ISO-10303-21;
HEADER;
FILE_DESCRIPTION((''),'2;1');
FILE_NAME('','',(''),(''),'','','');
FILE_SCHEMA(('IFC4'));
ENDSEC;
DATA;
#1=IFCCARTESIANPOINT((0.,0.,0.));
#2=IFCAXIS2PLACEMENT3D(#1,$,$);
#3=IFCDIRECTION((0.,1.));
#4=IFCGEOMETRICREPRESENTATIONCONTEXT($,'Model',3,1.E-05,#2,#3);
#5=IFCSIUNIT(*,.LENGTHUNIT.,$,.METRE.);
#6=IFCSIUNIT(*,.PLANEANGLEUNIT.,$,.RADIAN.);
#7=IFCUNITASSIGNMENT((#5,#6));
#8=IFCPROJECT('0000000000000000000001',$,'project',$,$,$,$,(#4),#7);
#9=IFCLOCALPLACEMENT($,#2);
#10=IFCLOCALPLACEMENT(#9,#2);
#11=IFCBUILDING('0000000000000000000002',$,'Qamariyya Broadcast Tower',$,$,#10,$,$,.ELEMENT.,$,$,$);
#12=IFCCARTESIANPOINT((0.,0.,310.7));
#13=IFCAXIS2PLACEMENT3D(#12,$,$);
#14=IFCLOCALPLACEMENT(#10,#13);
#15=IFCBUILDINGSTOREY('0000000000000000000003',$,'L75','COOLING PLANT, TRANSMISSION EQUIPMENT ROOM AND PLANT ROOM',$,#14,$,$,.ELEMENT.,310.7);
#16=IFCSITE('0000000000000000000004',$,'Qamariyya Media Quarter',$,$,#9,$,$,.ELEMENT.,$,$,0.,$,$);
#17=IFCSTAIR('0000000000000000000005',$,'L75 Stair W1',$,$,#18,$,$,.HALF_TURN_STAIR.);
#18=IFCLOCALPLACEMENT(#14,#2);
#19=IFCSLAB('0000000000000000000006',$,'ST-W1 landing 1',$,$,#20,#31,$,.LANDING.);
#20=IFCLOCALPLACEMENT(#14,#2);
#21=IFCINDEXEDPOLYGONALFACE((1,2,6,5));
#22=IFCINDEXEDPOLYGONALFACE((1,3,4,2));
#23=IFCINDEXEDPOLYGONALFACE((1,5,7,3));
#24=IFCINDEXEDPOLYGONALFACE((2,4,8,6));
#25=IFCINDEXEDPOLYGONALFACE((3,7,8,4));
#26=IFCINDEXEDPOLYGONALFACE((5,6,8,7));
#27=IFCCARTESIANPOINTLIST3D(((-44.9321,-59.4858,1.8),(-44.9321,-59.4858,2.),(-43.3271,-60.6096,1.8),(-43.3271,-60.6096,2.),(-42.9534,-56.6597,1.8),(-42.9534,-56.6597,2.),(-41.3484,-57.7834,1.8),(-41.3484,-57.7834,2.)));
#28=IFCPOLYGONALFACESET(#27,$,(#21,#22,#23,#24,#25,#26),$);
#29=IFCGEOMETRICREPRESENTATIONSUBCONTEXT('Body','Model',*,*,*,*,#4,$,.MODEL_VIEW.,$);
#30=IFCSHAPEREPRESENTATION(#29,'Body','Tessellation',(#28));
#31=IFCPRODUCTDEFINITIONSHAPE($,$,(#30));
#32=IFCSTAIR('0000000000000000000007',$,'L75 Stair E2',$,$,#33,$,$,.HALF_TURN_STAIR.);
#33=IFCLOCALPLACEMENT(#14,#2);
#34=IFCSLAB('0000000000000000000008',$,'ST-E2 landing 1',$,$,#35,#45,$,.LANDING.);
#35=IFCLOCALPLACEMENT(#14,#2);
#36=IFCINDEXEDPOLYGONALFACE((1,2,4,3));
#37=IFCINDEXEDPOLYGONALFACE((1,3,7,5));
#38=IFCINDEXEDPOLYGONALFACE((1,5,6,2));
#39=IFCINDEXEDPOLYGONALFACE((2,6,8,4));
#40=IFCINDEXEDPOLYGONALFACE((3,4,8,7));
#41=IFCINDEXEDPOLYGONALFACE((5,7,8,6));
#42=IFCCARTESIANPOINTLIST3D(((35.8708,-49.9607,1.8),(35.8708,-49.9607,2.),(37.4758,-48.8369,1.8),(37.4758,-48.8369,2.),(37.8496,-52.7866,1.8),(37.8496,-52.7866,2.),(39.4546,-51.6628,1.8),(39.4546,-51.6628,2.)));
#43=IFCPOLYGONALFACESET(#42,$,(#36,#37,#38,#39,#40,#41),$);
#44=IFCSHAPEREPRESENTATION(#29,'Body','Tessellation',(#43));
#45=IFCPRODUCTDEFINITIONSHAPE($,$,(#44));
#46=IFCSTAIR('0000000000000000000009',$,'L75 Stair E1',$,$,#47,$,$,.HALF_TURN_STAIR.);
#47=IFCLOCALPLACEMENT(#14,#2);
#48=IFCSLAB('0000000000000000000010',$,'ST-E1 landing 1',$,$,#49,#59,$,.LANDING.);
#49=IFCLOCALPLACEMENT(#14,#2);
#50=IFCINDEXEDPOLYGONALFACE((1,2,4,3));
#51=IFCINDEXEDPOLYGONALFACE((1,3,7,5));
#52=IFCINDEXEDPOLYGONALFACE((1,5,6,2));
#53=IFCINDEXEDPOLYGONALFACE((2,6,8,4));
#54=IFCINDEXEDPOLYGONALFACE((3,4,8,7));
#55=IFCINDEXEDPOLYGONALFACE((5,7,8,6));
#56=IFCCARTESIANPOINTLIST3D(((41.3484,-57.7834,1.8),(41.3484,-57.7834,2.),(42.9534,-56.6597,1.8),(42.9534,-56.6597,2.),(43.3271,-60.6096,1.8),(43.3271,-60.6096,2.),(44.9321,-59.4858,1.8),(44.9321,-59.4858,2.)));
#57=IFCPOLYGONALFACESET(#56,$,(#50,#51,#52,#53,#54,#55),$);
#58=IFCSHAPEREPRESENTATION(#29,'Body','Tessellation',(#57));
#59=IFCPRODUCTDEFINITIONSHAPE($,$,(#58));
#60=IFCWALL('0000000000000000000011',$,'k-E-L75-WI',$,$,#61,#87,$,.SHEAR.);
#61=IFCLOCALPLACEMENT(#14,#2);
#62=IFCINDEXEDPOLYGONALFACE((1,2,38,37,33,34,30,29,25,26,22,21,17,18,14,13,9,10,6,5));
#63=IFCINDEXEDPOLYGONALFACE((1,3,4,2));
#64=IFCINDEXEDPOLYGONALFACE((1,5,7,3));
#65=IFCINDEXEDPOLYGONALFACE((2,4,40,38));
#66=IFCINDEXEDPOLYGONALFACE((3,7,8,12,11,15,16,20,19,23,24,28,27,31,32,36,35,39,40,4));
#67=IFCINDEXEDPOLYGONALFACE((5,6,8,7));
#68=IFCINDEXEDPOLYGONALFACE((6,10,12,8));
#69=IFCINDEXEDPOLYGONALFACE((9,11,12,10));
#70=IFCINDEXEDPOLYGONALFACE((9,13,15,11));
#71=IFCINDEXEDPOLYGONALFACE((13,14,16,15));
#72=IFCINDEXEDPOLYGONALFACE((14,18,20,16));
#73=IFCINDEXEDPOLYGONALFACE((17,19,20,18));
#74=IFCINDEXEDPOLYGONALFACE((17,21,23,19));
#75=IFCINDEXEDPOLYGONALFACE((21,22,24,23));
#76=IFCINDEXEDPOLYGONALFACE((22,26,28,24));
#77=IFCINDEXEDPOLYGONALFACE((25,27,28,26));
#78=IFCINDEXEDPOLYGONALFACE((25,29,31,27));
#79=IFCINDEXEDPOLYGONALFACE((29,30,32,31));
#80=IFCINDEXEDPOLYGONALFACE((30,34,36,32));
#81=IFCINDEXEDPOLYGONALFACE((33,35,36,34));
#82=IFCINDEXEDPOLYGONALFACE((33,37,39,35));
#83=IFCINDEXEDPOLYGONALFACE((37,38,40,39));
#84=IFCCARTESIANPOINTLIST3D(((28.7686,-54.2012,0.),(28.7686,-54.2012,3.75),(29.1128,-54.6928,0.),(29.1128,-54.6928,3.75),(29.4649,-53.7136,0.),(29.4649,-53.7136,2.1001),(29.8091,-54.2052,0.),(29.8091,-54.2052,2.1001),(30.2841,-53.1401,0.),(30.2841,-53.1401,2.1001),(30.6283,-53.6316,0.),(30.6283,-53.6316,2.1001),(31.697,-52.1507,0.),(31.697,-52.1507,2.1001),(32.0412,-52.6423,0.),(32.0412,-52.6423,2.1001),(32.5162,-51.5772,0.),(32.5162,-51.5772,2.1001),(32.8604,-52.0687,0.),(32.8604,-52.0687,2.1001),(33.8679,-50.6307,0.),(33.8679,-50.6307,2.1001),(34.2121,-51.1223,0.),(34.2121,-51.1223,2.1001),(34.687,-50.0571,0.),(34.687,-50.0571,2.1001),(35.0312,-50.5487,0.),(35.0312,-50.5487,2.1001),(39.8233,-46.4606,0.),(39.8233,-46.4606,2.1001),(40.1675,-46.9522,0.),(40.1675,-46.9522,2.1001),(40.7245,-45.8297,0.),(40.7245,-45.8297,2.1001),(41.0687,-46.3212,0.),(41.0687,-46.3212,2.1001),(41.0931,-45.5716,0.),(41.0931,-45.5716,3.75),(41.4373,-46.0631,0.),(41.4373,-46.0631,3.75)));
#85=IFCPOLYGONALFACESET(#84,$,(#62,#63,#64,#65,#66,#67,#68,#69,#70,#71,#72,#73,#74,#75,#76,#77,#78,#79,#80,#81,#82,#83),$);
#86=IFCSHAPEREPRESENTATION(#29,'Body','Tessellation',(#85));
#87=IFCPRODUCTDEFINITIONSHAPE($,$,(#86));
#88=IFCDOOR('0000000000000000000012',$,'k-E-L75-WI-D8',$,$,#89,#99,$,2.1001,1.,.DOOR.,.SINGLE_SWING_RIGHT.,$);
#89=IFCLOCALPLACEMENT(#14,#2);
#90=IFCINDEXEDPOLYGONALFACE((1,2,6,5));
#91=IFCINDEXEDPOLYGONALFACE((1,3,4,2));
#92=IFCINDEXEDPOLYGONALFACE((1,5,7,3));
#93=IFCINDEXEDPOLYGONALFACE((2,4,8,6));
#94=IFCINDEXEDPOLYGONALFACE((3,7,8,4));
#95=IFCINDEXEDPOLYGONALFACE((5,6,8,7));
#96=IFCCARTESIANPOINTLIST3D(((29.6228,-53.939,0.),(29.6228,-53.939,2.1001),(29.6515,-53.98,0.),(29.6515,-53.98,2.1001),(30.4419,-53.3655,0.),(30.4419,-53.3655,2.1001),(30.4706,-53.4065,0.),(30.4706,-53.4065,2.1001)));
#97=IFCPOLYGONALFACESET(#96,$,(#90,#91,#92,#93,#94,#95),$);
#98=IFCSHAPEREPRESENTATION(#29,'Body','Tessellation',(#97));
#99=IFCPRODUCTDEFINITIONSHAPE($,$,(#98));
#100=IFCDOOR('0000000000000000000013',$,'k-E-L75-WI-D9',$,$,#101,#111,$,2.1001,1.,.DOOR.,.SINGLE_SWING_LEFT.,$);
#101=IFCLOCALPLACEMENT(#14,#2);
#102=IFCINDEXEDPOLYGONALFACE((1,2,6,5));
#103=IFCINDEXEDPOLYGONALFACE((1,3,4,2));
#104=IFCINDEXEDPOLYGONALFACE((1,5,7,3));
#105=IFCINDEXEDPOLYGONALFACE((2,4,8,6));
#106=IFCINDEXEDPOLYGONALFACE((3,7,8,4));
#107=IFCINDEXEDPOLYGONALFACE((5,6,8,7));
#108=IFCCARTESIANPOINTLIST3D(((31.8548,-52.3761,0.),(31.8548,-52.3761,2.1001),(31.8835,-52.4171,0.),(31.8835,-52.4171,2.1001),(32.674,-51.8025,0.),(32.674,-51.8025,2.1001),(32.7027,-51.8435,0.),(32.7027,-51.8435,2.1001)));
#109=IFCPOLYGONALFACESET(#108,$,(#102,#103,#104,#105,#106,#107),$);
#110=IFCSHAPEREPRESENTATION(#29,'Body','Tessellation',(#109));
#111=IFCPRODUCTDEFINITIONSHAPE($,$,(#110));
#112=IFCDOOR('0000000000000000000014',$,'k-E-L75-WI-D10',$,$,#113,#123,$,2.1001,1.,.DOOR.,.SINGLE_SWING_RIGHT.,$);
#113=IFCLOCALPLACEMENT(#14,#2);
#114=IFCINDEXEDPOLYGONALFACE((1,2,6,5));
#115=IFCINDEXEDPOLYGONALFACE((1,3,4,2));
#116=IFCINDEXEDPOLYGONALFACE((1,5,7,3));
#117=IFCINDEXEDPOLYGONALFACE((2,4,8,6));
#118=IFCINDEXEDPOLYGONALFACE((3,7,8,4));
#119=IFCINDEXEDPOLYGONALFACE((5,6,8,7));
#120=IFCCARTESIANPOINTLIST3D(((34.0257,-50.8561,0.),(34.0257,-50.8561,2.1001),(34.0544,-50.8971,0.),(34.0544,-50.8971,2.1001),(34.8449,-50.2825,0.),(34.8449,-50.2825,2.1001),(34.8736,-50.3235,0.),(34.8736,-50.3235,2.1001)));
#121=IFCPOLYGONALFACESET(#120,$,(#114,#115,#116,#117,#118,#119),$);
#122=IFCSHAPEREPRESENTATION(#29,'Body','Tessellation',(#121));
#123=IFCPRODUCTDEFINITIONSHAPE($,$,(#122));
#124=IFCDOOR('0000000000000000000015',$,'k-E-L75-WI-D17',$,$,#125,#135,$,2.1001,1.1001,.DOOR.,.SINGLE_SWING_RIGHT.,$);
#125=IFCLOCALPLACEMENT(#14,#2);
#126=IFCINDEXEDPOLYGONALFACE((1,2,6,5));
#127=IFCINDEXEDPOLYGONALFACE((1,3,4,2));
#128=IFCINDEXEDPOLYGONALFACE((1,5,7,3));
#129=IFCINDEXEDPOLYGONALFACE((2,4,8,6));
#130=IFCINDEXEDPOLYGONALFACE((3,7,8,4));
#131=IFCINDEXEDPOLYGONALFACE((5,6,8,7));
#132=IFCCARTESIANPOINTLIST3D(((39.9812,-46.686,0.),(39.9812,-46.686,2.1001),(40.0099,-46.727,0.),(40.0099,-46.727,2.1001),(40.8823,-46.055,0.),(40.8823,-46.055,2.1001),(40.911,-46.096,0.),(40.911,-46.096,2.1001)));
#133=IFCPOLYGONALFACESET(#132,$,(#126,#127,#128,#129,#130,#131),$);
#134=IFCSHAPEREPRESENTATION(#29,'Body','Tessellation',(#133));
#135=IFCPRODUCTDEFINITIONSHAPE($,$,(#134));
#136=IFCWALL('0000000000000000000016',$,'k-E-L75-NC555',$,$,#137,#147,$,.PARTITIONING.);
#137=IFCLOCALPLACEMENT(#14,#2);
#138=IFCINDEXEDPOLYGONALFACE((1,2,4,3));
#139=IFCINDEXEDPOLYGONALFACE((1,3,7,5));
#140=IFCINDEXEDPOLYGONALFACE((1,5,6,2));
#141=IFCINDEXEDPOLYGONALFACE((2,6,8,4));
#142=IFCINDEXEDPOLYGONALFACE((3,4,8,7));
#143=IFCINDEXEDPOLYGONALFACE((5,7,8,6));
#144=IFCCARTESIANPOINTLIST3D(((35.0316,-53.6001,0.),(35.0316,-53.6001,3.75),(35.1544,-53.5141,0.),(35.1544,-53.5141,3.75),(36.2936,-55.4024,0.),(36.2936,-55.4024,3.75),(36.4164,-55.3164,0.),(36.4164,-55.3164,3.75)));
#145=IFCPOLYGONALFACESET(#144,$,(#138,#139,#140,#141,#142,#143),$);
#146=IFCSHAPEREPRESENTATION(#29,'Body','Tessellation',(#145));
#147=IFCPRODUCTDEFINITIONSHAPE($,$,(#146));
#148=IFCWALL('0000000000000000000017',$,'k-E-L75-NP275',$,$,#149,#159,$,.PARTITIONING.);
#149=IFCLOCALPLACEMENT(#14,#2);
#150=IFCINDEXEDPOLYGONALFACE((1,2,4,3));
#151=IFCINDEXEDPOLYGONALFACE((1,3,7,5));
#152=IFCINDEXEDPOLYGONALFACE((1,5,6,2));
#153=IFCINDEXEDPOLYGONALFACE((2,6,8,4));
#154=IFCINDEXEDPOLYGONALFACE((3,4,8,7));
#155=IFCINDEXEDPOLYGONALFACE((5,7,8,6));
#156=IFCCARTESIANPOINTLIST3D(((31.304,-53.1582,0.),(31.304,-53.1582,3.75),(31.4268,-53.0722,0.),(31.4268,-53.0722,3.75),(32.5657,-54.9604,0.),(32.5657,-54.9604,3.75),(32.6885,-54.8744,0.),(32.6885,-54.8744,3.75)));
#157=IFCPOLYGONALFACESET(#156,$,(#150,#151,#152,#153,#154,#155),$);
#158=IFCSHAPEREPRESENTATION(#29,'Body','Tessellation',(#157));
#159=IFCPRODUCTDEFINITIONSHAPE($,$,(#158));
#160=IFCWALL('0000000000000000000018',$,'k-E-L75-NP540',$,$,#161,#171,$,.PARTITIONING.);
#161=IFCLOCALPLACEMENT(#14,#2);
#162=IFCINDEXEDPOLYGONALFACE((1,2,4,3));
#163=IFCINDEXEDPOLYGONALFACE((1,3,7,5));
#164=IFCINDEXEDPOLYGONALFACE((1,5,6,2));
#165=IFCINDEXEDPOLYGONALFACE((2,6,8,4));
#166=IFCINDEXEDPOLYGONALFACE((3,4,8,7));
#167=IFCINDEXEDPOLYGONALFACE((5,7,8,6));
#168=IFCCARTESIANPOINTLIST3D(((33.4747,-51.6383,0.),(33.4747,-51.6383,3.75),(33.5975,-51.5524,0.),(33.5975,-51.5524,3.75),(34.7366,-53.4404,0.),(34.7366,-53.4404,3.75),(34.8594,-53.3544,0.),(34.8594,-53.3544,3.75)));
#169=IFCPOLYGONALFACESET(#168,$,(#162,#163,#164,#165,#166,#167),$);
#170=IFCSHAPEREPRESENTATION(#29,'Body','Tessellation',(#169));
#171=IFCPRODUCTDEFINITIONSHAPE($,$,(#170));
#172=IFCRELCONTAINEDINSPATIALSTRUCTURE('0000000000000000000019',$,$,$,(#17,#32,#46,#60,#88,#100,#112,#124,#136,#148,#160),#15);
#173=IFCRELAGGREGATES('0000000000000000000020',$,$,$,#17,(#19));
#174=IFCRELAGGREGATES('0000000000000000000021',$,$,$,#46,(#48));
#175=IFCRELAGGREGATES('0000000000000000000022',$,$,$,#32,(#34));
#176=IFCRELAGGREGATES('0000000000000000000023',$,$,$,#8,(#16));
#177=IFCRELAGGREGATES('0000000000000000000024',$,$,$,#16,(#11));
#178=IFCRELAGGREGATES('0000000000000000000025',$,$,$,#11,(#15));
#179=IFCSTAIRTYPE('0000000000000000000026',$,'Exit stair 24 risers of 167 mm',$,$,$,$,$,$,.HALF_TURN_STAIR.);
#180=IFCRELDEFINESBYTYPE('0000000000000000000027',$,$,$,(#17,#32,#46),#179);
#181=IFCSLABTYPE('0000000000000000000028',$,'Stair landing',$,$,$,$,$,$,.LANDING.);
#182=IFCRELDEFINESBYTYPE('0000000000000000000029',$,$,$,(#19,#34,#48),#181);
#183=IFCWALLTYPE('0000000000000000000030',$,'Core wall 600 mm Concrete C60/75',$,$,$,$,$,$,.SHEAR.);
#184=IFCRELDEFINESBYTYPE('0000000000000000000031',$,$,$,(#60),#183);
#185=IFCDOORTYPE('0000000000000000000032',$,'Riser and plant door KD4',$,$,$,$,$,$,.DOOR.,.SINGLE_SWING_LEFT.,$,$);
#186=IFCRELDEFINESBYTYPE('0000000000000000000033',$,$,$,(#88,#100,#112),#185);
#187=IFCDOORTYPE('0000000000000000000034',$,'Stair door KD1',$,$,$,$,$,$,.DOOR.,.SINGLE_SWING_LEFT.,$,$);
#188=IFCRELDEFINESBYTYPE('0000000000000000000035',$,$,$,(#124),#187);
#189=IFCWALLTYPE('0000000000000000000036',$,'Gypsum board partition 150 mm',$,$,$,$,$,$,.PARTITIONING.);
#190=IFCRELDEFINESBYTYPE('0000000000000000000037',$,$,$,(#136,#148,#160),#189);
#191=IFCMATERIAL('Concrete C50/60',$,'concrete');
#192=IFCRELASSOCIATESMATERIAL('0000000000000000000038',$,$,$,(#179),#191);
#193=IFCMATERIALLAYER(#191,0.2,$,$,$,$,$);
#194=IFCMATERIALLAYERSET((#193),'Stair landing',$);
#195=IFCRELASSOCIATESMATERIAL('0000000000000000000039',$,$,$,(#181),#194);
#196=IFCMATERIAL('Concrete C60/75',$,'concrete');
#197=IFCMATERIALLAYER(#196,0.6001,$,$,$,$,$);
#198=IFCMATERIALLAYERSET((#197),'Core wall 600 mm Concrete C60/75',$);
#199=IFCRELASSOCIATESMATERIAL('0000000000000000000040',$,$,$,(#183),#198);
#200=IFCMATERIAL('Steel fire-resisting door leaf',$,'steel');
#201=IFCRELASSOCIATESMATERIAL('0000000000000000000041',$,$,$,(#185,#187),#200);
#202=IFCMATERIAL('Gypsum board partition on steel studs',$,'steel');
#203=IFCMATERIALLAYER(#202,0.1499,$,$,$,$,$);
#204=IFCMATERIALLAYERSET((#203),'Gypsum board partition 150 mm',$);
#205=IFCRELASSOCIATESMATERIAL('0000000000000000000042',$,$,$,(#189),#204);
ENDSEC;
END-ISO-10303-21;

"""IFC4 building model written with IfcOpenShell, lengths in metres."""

from ifc_helpers import new_model, si_unit, direction, frame, frame_2d, origin, place, context, subcontext, project, spatial, polyline, rectangle, outline, extrude, material, layer, layer_set, type_object, element, fill, aggregate, save


model = new_model("IFC4")

# Units and contexts
model_context = context("Model", 3, precision=1e-05, world=origin(), true_north=direction((0.0, 1.0)))
body_context = subcontext(model_context, "Body", "Model", "MODEL_VIEW")
ifc_project = project(units=[si_unit("LENGTHUNIT", "METRE"), si_unit("PLANEANGLEUNIT", "RADIAN")], contexts=[model_context])

# Site, building, storey
site_placement = place(None, origin())
site = spatial("IfcSite", under=ifc_project, at=site_placement, Name="Qamariyya Media Quarter", CompositionType="ELEMENT", RefElevation=0.0)
building_placement = place(site_placement, origin())
building = spatial("IfcBuilding", under=site, at=building_placement, Name="Qamariyya Broadcast Tower", CompositionType="ELEMENT")
storey_placement = place(building_placement, frame((0.0, 0.0, 310.7)))
storey = spatial("IfcBuildingStorey", under=building, at=storey_placement, Name="L75", Description="COOLING PLANT, TRANSMISSION EQUIPMENT ROOM AND PLANT ROOM", CompositionType="ELEMENT", Elevation=310.7)

# Shared definitions
ifc_material_1 = material(Name="Concrete C50/60", Category="concrete")

# Stairs, slabs
stair_type = type_object("IfcStairType", Name="Exit stair 24 risers of 167 mm", PredefinedType="HALF_TURN_STAIR", material=ifc_material_1)
ifc_layer_1 = layer(ifc_material_1, 0.2)
ifc_layer_set_1 = layer_set([ifc_layer_1], Name="Stair landing")
slab_type_1 = type_object("IfcSlabType", Name="Stair landing", PredefinedType="LANDING", material=ifc_layer_set_1)
stair_1_placement = place(storey_placement, origin())
stair_1 = element("IfcStair", 1, at=stair_1_placement, inside=storey, type_object=stair_type, Name="L75 Stair W1", PredefinedType="HALF_TURN_STAIR")
slab_1_placement = place(storey_placement, frame((0.0, 0.0, 1.8)))
slab_1 = element("IfcSlab", 2, at=slab_1_placement, type_object=slab_type_1, Name="ST-W1 landing 1", PredefinedType="LANDING", context=body_context, shape_type="SweptSolid", body=[
    extrude(outline(polyline([(-44.9321, -59.4858), (-43.3271, -60.6096), (-41.3484, -57.7834), (-42.9534, -56.6597), (-44.9321, -59.4858)])), origin(), (0.0, 0.0, 1.0), 0.2),
])
aggregate(stair_1, [slab_1])
stair_2_placement = place(storey_placement, origin())
stair_2 = element("IfcStair", 3, at=stair_2_placement, inside=storey, type_object=stair_type, Name="L75 Stair E2", PredefinedType="HALF_TURN_STAIR")
slab_2_placement = place(storey_placement, frame((0.0, 0.0, 1.8)))
slab_2 = element("IfcSlab", 4, at=slab_2_placement, type_object=slab_type_1, Name="ST-E2 landing 1", PredefinedType="LANDING", context=body_context, shape_type="SweptSolid", body=[
    extrude(outline(polyline([(37.4758, -48.8369), (35.8708, -49.9607), (37.8496, -52.7866), (39.4546, -51.6628), (37.4758, -48.8369)])), origin(), (0.0, 0.0, 1.0), 0.2),
])
stair_3_placement = place(storey_placement, origin())
stair_3 = element("IfcStair", 5, at=stair_3_placement, inside=storey, type_object=stair_type, Name="L75 Stair E1", PredefinedType="HALF_TURN_STAIR")
slab_3_placement = place(storey_placement, frame((0.0, 0.0, 1.8)))
slab_3 = element("IfcSlab", 6, at=slab_3_placement, type_object=slab_type_1, Name="ST-E1 landing 1", PredefinedType="LANDING", context=body_context, shape_type="SweptSolid", body=[
    extrude(outline(polyline([(42.9534, -56.6597), (41.3484, -57.7834), (43.3271, -60.6096), (44.9321, -59.4858), (42.9534, -56.6597)])), origin(), (0.0, 0.0, 1.0), 0.2),
])
aggregate(stair_3, [slab_3])

# Wall, openings, doors
ifc_material_2 = material(Name="Concrete C60/75", Category="concrete")
ifc_layer_2 = layer(ifc_material_2, 0.6001)
ifc_layer_set_2 = layer_set([ifc_layer_2], Name="Core wall 600 mm Concrete C60/75")
wall_type_1 = type_object("IfcWallType", Name="Core wall 600 mm Concrete C60/75", PredefinedType="SHEAR", material=ifc_layer_set_2)
wall_1_placement = place(storey_placement, frame((28.9407, -54.447, 0.0), z_axis=(0.0, 0.0, 1.0), x_axis=(0.819153, 0.573575, 0.0)))
wall_1 = element("IfcWall", 7, at=wall_1_placement, inside=storey, type_object=wall_type_1, Name="k-E-L75-WI", PredefinedType="SHEAR", context=body_context, shape_type="SweptSolid", body=[
    extrude(rectangle(XDim=15.0454, YDim=0.6001, at=frame_2d((7.5227, 0.0))), origin(), (0.0, 0.0, 1.0), 3.75),
])
opening_1_placement = place(wall_1_placement, frame((0.8501, 0.0, 0.0)))
opening_1 = element("IfcOpeningElement", 8, at=opening_1_placement, cuts=wall_1, PredefinedType="OPENING", context=body_context, shape_type="SweptSolid", body=[
    extrude(rectangle(XDim=1.0, YDim=2.1001, at=frame_2d((0.5, 1.05))), frame((0.0, 0.3101, 0.0), z_axis=(0.0, -1.0, 0.0), x_axis=(1.0, 0.0, 0.0)), (0.0, 0.0, 1.0), 0.6201),
])
opening_2_placement = place(wall_1_placement, frame((3.575, 0.0, 0.0)))
opening_2 = element("IfcOpeningElement", 9, at=opening_2_placement, cuts=wall_1, PredefinedType="OPENING", context=body_context, shape_type="SweptSolid", body=[
    extrude(rectangle(XDim=1.0, YDim=2.1001, at=frame_2d((0.5, 1.05))), frame((0.0, 0.3101, 0.0), z_axis=(0.0, -1.0, 0.0), x_axis=(1.0, 0.0, 0.0)), (0.0, 0.0, 1.0), 0.6201),
])
opening_3_placement = place(wall_1_placement, frame((6.2251, 0.0, 0.0)))
opening_3 = element("IfcOpeningElement", 10, at=opening_3_placement, cuts=wall_1, PredefinedType="OPENING", context=body_context, shape_type="SweptSolid", body=[
    extrude(rectangle(XDim=1.0, YDim=2.1001, at=frame_2d((0.5, 1.05))), frame((0.0, 0.3101, 0.0), z_axis=(0.0, -1.0, 0.0), x_axis=(1.0, 0.0, 0.0)), (0.0, 0.0, 1.0), 0.6201),
])
opening_4_placement = place(wall_1_placement, frame((13.4954, 0.0, 0.0)))
opening_4 = element("IfcOpeningElement", 11, at=opening_4_placement, cuts=wall_1, PredefinedType="OPENING", context=body_context, shape_type="SweptSolid", body=[
    extrude(rectangle(XDim=1.1001, YDim=2.1001, at=frame_2d((0.55, 1.05))), frame((0.0, 0.3101, 0.0), z_axis=(0.0, -1.0, 0.0), x_axis=(1.0, 0.0, 0.0)), (0.0, 0.0, 1.0), 0.6201),
])
ifc_material_3 = material(Name="Steel fire-resisting door leaf", Category="steel")
door_type_1 = type_object("IfcDoorType", Name="Riser and plant door KD4", OperationType="SINGLE_SWING_LEFT", PredefinedType="DOOR", material=ifc_material_3)
door_1_placement = place(opening_1_placement, origin())
door_1 = element("IfcDoor", 12, at=door_1_placement, inside=storey, type_object=door_type_1, Name="k-E-L75-WI-D8", OperationType="SINGLE_SWING_RIGHT", OverallHeight=2.1001, OverallWidth=1.0, PredefinedType="DOOR", context=body_context, shape_type="SweptSolid", body=[
    extrude(rectangle(XDim=1.0, YDim=2.1001, at=frame_2d((0.5, 1.05))), frame((0.0, 0.0249, 0.0), z_axis=(0.0, -1.0, 0.0), x_axis=(1.0, 0.0, 0.0)), (0.0, 0.0, 1.0), 0.05),
])
fill(opening_1, door_1)
door_2_placement = place(opening_2_placement, origin())
door_2 = element("IfcDoor", 13, at=door_2_placement, inside=storey, type_object=door_type_1, Name="k-E-L75-WI-D9", OperationType="SINGLE_SWING_LEFT", OverallHeight=2.1001, OverallWidth=1.0, PredefinedType="DOOR", context=body_context, shape_type="SweptSolid", body=[
    extrude(rectangle(XDim=1.0, YDim=2.1001, at=frame_2d((0.5, 1.05))), frame((0.0, 0.0249, 0.0), z_axis=(0.0, -1.0, 0.0), x_axis=(1.0, 0.0, 0.0)), (0.0, 0.0, 1.0), 0.05),
])
fill(opening_2, door_2)
door_3_placement = place(opening_3_placement, origin())
door_3 = element("IfcDoor", 14, at=door_3_placement, inside=storey, type_object=door_type_1, Name="k-E-L75-WI-D10", OperationType="SINGLE_SWING_RIGHT", OverallHeight=2.1001, OverallWidth=1.0, PredefinedType="DOOR", context=body_context, shape_type="SweptSolid", body=[
    extrude(rectangle(XDim=1.0, YDim=2.1001, at=frame_2d((0.5, 1.05))), frame((0.0, 0.0249, 0.0), z_axis=(0.0, -1.0, 0.0), x_axis=(1.0, 0.0, 0.0)), (0.0, 0.0, 1.0), 0.05),
])
fill(opening_3, door_3)
door_type_2 = type_object("IfcDoorType", Name="Stair door KD1", OperationType="SINGLE_SWING_LEFT", PredefinedType="DOOR", material=ifc_material_3)
door_4_placement = place(opening_4_placement, origin())
door_4 = element("IfcDoor", 15, at=door_4_placement, inside=storey, type_object=door_type_2, Name="k-E-L75-WI-D17", OperationType="SINGLE_SWING_RIGHT", OverallHeight=2.1001, OverallWidth=1.1001, PredefinedType="DOOR", context=body_context, shape_type="SweptSolid", body=[
    extrude(rectangle(XDim=1.1001, YDim=2.1001, at=frame_2d((0.55, 1.05))), frame((0.0, 0.0249, 0.0), z_axis=(0.0, -1.0, 0.0), x_axis=(1.0, 0.0, 0.0)), (0.0, 0.0, 1.0), 0.05),
])
fill(opening_4, door_4)

# Walls
ifc_material_4 = material(Name="Gypsum board partition on steel studs", Category="steel")
ifc_layer_3 = layer(ifc_material_4, 0.1499)
ifc_layer_set_3 = layer_set([ifc_layer_3], Name="Gypsum board partition 150 mm")
wall_type_2 = type_object("IfcWallType", Name="Gypsum board partition 150 mm", PredefinedType="PARTITIONING", material=ifc_layer_set_3)
wall_2_placement = place(storey_placement, frame((36.355, -55.3594, 0.0), z_axis=(0.0, 0.0, 1.0), x_axis=(-0.573581, 0.819149, 0.0)))
element("IfcWall", 16, at=wall_2_placement, inside=storey, type_object=wall_type_2, Name="k-E-L75-NC555", PredefinedType="PARTITIONING", context=body_context, shape_type="SweptSolid", body=[
    extrude(rectangle(XDim=2.2002, YDim=0.1499, at=frame_2d((1.1001, 0.0))), origin(), (0.0, 0.0, 1.0), 3.75),
])
for number, where, z_axis, x_axis, name in (
    (17, (32.6272, -54.9175, 0.0), (0.0, 0.0, 1.0), (-0.573507, 0.819201, 0.0), "k-E-L75-NP275"),
    (18, (34.7981, -53.3975, 0.0), (0.0, 0.0, 1.0), (-0.573634, 0.819112, 0.0), "k-E-L75-NP540"),
):
    element("IfcWall", number, at=place(storey_placement, frame(where, z_axis=z_axis, x_axis=x_axis)), inside=storey, type_object=wall_type_2, Name=name, PredefinedType="PARTITIONING", context=body_context, shape_type="SweptSolid", body=[
        extrude(rectangle(XDim=2.2, YDim=0.1499, at=frame_2d((1.1001, 0.0))), origin(), (0.0, 0.0, 1.0), 3.75),
    ])

aggregate(stair_2, [slab_2])

save(model, "model.ifc")
